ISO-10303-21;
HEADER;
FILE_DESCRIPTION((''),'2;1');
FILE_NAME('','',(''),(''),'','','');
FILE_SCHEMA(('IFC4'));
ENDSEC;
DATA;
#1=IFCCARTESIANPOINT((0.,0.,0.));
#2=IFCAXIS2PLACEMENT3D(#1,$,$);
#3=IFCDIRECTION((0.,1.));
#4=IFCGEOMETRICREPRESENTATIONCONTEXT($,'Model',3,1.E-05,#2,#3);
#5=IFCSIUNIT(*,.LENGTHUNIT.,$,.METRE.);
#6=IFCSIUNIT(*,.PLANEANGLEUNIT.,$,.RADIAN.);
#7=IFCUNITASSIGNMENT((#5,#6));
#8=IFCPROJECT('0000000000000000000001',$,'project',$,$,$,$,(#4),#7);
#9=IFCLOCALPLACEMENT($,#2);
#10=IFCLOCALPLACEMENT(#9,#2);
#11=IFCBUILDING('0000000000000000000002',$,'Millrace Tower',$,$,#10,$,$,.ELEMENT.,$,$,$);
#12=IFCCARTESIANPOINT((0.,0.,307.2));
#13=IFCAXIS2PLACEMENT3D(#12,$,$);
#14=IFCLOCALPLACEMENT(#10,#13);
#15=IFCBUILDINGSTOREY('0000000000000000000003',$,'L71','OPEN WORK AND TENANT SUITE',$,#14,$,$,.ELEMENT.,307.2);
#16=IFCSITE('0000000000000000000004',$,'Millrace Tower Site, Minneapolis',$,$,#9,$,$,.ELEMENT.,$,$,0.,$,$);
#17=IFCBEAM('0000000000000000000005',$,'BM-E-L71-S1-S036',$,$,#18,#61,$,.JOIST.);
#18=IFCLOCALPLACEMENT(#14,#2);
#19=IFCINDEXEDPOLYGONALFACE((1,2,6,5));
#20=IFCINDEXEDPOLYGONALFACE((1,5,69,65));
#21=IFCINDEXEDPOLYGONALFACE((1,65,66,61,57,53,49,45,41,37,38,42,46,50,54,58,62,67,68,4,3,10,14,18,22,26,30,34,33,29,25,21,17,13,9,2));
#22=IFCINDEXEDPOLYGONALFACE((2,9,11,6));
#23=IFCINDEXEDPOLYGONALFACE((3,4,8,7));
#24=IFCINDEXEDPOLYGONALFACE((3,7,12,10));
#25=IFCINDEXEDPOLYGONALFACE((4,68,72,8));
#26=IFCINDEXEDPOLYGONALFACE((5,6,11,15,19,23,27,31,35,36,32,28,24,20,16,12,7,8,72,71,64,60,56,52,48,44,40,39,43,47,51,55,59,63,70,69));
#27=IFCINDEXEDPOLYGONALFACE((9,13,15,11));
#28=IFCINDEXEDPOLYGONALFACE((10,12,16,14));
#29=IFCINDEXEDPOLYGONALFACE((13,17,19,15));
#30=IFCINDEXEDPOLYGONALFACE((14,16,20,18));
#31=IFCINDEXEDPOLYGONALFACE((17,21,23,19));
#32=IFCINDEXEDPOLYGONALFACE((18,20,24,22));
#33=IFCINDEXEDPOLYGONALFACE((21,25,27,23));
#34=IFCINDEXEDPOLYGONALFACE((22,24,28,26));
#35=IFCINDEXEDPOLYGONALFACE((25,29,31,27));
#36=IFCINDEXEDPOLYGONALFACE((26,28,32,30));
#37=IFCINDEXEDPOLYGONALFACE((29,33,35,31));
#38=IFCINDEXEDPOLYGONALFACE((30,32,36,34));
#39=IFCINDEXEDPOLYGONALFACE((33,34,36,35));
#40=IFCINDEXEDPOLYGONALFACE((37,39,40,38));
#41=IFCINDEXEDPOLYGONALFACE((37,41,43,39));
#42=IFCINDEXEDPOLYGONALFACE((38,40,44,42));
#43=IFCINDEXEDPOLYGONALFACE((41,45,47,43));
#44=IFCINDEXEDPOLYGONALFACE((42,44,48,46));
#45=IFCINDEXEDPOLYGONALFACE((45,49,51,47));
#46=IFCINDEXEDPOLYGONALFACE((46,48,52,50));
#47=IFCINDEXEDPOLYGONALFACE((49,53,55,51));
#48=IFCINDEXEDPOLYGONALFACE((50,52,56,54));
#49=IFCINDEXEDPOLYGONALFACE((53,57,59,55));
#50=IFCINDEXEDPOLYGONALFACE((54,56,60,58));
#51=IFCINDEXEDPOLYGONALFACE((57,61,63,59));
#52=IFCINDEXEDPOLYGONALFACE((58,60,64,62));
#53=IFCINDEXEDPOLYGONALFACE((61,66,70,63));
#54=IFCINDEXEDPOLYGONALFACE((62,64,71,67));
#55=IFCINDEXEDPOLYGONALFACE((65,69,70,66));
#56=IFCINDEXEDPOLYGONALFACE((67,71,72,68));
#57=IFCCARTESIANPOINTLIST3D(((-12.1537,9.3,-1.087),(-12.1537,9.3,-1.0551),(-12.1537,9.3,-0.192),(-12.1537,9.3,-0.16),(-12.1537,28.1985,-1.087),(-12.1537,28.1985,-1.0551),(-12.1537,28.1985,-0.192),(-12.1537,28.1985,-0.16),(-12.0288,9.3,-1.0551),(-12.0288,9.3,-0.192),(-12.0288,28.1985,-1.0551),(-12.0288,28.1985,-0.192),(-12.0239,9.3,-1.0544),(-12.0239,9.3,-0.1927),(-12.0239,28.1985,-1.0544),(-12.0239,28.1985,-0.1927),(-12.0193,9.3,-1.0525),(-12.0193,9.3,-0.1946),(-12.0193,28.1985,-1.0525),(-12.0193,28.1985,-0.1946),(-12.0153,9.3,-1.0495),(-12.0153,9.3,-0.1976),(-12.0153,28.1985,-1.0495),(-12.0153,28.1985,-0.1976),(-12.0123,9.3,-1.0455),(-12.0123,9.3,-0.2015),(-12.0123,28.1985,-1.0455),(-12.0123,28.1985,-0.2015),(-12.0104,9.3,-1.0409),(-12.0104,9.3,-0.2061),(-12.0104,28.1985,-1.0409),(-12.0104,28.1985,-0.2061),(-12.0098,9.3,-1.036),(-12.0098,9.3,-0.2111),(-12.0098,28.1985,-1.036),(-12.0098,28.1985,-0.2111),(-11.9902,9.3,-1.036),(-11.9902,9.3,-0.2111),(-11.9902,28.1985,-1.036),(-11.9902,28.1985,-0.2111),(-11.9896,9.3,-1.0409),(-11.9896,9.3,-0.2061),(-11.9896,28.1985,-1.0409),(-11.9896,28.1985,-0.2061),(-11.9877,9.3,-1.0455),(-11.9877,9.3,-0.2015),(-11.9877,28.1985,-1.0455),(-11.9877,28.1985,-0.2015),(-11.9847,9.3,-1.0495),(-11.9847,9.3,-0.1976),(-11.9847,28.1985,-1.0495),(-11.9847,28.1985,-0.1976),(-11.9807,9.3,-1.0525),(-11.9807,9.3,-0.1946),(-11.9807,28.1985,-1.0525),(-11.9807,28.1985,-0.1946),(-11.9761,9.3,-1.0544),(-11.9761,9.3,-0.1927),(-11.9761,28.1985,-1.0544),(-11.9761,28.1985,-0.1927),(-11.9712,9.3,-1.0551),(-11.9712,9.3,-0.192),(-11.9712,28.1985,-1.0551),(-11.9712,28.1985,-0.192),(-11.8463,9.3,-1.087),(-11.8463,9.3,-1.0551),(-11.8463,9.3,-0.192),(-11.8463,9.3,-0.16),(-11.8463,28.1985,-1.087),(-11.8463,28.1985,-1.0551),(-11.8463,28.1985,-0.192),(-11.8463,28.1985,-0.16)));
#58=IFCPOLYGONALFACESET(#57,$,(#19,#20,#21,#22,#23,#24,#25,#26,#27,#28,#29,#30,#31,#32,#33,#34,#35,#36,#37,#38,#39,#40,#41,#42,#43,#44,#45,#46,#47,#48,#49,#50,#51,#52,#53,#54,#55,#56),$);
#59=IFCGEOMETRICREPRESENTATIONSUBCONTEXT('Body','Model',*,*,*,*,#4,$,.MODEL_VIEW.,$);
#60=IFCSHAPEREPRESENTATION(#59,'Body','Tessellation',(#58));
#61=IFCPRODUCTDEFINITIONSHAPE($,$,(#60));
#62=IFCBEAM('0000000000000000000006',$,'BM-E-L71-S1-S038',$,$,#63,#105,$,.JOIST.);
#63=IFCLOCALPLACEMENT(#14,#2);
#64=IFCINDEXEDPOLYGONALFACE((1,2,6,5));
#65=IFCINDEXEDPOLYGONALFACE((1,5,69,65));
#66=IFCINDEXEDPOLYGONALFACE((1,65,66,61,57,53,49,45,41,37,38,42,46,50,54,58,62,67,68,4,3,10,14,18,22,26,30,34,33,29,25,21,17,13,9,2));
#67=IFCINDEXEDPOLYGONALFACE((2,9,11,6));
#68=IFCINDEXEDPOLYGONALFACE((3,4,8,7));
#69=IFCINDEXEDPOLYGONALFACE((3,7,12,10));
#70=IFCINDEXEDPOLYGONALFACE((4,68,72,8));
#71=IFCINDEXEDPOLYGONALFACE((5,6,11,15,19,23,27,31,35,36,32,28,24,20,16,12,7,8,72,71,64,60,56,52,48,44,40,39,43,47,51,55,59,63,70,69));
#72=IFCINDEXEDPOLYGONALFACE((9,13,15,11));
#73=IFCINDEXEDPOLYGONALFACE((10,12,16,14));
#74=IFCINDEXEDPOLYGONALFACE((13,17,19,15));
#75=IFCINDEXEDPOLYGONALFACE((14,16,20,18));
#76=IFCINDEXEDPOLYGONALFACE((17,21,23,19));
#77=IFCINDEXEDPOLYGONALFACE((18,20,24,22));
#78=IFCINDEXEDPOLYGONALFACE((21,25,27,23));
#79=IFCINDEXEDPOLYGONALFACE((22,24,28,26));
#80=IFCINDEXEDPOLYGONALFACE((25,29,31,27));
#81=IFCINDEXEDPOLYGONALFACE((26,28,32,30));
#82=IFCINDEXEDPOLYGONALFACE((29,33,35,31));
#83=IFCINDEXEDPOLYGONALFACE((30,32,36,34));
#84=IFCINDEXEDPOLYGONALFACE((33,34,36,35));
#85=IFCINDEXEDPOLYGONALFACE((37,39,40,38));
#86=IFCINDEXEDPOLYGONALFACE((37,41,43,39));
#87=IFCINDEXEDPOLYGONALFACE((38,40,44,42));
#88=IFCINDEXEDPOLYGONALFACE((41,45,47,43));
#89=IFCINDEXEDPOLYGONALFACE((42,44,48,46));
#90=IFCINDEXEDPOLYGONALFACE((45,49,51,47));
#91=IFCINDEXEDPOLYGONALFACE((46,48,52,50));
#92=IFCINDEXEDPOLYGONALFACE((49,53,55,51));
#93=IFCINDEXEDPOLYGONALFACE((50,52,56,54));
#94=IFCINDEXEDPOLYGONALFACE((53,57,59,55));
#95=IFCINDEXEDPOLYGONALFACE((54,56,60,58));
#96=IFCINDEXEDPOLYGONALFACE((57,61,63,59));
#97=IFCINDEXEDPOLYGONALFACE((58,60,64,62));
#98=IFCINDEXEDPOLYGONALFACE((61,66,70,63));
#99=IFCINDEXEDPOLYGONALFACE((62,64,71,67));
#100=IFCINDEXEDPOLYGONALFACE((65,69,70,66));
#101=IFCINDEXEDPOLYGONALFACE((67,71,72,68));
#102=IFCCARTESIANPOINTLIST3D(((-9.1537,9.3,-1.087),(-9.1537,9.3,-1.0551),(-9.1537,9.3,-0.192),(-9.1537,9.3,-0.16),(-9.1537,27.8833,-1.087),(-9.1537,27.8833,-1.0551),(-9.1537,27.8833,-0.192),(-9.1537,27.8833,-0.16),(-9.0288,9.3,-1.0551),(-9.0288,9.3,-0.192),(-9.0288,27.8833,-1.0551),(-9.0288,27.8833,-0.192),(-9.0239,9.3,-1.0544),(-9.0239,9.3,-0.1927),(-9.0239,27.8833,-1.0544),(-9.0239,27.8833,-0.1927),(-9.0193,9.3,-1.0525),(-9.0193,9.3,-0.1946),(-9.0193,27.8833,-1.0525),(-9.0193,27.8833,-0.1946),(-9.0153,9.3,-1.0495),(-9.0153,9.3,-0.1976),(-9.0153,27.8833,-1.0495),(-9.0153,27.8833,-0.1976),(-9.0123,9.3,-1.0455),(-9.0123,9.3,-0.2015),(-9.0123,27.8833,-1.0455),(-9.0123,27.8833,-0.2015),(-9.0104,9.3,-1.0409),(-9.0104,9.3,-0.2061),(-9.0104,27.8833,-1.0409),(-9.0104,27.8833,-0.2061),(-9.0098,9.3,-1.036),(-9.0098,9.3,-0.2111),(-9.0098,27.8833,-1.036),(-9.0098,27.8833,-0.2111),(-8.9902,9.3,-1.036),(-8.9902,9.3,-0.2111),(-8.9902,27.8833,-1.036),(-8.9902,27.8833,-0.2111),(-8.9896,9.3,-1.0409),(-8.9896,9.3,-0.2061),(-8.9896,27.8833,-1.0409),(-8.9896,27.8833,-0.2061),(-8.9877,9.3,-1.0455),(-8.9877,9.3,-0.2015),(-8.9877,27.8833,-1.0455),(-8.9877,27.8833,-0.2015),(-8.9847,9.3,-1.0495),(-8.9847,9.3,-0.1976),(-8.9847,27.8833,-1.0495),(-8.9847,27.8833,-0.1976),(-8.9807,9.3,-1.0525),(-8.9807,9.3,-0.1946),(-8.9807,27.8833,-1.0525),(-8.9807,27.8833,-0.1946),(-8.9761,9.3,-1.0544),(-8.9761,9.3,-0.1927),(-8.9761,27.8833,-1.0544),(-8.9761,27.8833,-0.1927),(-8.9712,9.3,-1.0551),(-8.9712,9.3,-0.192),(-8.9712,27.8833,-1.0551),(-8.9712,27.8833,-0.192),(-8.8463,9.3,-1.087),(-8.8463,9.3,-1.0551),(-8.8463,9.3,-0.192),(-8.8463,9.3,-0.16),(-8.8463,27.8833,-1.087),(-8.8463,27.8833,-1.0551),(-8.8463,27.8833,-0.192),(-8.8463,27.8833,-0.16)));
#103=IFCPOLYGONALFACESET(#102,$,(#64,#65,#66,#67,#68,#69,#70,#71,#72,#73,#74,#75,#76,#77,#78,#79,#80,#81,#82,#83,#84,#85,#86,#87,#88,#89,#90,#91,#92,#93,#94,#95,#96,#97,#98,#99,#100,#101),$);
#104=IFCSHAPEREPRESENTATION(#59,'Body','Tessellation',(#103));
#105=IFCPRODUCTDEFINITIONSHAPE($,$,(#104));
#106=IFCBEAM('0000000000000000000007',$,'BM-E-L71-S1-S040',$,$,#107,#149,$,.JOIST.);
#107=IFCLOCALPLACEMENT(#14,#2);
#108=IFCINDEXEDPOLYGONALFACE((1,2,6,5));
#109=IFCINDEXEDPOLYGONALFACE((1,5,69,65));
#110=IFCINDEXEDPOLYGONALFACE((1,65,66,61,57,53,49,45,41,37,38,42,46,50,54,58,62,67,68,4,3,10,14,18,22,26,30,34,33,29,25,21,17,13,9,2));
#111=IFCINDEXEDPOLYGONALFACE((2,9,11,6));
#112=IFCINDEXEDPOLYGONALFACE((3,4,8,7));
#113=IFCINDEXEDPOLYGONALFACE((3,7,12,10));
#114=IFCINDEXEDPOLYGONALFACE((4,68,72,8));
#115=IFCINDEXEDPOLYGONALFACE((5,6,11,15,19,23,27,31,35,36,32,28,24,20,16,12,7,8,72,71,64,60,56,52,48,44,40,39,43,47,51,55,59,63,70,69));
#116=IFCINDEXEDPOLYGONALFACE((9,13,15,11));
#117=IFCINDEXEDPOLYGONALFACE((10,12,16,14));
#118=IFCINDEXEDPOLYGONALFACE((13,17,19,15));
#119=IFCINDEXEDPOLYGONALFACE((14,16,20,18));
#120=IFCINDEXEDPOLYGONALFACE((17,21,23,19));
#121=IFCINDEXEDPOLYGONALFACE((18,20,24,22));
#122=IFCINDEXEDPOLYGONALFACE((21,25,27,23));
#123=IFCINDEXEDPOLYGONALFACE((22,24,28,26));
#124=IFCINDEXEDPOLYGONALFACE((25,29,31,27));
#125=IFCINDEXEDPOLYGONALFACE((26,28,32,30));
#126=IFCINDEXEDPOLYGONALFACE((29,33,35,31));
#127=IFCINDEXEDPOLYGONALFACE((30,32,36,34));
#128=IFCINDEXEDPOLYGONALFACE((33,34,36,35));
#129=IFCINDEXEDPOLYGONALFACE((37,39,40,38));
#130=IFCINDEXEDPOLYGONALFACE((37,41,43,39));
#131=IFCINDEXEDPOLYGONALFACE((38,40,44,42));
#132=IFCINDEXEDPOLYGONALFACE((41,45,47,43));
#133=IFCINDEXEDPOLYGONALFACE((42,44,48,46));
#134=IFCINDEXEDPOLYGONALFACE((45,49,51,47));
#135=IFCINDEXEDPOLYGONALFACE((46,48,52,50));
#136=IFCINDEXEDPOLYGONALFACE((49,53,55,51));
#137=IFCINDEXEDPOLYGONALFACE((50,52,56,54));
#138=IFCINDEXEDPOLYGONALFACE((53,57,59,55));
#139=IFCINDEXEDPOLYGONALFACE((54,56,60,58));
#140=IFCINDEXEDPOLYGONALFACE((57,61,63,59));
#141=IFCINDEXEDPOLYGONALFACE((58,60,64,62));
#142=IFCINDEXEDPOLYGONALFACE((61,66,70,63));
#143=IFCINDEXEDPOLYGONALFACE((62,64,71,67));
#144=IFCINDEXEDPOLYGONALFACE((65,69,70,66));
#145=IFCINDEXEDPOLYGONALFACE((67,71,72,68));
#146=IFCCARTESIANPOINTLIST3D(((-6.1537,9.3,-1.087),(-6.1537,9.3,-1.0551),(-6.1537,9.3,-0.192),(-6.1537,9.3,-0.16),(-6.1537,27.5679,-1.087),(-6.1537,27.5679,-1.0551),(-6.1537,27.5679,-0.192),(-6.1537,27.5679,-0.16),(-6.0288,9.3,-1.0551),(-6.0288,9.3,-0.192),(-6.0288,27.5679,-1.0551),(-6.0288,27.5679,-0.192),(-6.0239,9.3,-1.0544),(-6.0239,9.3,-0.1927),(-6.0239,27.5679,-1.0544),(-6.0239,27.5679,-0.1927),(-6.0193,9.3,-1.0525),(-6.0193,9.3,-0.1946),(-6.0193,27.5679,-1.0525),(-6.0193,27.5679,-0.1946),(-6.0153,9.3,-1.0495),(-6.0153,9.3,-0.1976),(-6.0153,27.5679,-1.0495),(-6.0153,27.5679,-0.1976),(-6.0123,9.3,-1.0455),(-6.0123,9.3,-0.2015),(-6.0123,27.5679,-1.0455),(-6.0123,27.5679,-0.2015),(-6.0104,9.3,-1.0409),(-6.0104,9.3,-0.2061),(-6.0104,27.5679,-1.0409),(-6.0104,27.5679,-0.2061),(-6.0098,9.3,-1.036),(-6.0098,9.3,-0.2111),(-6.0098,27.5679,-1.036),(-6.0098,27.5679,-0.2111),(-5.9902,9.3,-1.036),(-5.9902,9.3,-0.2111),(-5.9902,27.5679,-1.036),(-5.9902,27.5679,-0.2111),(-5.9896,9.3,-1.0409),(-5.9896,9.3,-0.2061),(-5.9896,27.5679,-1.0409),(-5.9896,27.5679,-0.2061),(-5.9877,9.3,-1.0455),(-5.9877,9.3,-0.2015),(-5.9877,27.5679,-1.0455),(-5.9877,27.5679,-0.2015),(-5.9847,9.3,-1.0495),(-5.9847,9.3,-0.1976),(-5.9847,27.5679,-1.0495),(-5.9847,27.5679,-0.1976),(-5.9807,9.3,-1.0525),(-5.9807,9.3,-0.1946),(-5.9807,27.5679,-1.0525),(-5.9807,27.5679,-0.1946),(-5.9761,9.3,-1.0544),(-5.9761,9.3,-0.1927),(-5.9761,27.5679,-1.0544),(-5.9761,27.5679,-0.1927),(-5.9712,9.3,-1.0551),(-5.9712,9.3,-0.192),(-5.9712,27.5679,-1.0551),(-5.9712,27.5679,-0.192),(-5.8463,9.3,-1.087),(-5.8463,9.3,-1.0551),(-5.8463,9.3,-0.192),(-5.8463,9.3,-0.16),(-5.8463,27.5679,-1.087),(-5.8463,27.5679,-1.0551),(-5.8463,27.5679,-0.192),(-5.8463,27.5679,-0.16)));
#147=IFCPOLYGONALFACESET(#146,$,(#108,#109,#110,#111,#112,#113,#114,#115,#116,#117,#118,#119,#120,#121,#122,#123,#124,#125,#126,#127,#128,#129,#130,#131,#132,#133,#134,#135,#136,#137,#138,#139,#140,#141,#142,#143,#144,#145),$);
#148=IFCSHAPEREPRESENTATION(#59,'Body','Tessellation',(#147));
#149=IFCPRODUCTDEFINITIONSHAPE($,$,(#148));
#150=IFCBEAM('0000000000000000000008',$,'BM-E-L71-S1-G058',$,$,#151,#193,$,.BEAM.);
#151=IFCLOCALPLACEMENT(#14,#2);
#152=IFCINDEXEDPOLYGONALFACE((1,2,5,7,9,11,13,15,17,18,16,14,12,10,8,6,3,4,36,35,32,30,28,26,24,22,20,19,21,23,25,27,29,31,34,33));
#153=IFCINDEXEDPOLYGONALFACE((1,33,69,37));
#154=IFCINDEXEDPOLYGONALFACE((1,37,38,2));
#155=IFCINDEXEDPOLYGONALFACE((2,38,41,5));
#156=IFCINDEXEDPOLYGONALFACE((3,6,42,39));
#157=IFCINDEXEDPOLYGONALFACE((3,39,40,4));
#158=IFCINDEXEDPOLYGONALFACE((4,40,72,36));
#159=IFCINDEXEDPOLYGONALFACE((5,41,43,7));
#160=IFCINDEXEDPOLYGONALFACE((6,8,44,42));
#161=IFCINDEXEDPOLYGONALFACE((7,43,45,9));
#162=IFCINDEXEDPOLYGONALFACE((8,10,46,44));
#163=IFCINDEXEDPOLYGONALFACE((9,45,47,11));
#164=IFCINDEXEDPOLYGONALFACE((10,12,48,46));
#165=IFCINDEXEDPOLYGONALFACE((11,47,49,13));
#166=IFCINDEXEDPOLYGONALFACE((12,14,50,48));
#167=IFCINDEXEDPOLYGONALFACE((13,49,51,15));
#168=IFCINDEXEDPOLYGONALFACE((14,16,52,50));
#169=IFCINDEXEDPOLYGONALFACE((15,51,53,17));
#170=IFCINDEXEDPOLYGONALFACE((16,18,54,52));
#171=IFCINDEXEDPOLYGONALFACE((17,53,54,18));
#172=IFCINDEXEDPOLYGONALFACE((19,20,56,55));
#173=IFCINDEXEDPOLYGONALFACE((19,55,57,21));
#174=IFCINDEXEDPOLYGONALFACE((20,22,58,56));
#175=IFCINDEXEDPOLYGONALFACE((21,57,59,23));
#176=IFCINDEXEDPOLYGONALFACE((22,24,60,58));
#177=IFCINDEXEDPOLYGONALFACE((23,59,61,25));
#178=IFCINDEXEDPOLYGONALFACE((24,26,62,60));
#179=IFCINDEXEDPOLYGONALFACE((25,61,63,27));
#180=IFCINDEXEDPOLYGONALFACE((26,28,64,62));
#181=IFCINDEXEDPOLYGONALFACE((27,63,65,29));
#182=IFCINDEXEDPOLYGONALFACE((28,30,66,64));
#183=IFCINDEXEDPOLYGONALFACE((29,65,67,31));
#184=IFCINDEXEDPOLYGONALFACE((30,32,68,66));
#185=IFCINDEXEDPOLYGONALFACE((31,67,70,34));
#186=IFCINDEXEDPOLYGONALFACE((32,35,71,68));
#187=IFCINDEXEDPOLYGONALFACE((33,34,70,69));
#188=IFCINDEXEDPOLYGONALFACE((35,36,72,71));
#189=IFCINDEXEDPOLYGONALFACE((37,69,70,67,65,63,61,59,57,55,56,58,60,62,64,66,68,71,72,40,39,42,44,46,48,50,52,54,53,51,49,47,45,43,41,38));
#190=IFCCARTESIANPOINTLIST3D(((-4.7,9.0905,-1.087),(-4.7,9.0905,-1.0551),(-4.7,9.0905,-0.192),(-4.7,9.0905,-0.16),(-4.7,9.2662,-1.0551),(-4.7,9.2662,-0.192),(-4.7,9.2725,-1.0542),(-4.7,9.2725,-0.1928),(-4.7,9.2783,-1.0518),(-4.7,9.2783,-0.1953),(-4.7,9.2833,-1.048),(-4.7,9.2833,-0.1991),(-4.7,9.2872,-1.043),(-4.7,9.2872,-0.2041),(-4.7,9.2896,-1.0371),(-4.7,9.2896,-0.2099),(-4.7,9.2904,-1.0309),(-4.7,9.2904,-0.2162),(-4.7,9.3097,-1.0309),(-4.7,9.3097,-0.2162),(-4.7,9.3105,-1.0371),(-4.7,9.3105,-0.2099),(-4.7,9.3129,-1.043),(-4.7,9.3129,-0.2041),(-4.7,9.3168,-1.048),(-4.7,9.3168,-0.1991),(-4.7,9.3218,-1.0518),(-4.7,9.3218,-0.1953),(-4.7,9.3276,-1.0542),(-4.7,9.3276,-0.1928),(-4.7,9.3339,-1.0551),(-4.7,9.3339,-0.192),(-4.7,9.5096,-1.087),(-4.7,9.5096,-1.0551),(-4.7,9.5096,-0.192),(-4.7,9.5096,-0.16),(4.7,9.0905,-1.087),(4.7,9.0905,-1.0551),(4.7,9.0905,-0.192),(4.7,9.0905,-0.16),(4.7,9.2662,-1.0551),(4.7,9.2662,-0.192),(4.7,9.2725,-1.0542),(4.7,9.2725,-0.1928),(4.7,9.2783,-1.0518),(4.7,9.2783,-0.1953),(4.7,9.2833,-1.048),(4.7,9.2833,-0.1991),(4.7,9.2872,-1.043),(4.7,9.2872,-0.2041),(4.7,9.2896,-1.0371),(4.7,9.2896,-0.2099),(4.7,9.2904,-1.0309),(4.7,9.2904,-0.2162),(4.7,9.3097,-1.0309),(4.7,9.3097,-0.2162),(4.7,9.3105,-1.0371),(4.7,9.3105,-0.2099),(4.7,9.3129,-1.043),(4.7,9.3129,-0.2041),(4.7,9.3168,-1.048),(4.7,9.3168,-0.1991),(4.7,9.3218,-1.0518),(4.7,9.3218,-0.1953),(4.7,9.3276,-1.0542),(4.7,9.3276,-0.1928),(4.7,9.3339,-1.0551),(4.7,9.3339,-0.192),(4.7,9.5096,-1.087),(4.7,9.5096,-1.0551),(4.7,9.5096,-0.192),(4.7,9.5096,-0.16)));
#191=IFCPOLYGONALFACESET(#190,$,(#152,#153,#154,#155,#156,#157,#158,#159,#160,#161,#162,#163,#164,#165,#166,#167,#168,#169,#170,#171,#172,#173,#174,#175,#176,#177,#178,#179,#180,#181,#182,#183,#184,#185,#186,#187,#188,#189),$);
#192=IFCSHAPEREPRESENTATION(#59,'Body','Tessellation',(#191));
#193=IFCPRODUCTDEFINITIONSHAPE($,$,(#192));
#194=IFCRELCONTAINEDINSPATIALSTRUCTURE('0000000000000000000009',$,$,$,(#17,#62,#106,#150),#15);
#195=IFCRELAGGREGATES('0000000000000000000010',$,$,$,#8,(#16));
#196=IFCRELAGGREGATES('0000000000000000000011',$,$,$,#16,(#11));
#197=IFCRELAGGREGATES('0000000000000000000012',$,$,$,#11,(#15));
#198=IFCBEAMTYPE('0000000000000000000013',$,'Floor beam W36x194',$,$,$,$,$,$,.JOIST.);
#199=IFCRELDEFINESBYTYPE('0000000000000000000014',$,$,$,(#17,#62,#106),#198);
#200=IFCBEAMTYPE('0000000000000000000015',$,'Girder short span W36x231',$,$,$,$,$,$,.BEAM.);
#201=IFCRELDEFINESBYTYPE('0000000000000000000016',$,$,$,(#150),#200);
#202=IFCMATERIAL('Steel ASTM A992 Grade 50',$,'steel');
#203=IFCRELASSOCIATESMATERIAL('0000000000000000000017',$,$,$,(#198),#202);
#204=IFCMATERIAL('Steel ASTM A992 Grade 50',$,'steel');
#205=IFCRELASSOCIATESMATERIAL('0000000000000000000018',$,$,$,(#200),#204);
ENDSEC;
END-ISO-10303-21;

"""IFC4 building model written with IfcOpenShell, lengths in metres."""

from ifc_helpers import new_model, si_unit, direction, frame, origin, origin_2d, place, context, subcontext, project, spatial, i_section, extrude, material, material_profile, profile_set, type_object, element, save


model = new_model("IFC4")

# Units and contexts
model_context = context("Model", 3, precision=1e-05, world=origin(), true_north=direction((0.0, 1.0)))
body_context = subcontext(model_context, "Body", "Model", "MODEL_VIEW")
ifc_project = project(units=[si_unit("LENGTHUNIT", "METRE"), si_unit("PLANEANGLEUNIT", "RADIAN")], contexts=[model_context])

# Site, building, storey
site_placement = place(None, origin())
site = spatial("IfcSite", under=ifc_project, at=site_placement, Name="Millrace Tower Site, Minneapolis", CompositionType="ELEMENT", RefElevation=0.0)
building_placement = place(site_placement, origin())
building = spatial("IfcBuilding", under=site, at=building_placement, Name="Millrace Tower", CompositionType="ELEMENT")
storey_placement = place(building_placement, frame((0.0, 0.0, 307.2)))
storey = spatial("IfcBuildingStorey", under=building, at=storey_placement, Name="L71", Description="OPEN WORK AND TENANT SUITE", CompositionType="ELEMENT", Elevation=307.2)

# Beams
ifc_material_1 = material(Name="Steel ASTM A992 Grade 50", Category="steel")
ifc_material_profile_1 = material_profile(ifc_material_1, i_section(OverallWidth=0.3074, OverallDepth=0.927, WebThickness=0.0195, FlangeThickness=0.032, FilletRadius=0.019, at=origin_2d()))
ifc_profile_set_1 = profile_set([ifc_material_profile_1], Name="Steel ASTM A992 Grade 50")
beam_type_1 = type_object("IfcBeamType", Name="Floor beam W36x194", PredefinedType="JOIST", material=ifc_profile_set_1)
beam_1_placement = place(storey_placement, frame((-12.0, 9.3, -0.6235), z_axis=(0.0, 1.0, 0.0), x_axis=(-1.0, 0.0, 0.0)))
element("IfcBeam", 1, at=beam_1_placement, inside=storey, type_object=beam_type_1, Name="BM-E-L71-S1-S036", PredefinedType="JOIST", context=body_context, shape_type="SweptSolid", body=[
    extrude(i_section(OverallWidth=0.3074, OverallDepth=0.927, WebThickness=0.0195, FlangeThickness=0.032, FilletRadius=0.019, at=origin_2d()), origin(), (0.0, 0.0, 1.0), 18.8984),
])
beam_2_placement = place(storey_placement, frame((-9.0, 9.3, -0.6235), z_axis=(0.0, 1.0, 0.0), x_axis=(-1.0, 0.0, 0.0)))
element("IfcBeam", 2, at=beam_2_placement, inside=storey, type_object=beam_type_1, Name="BM-E-L71-S1-S038", PredefinedType="JOIST", context=body_context, shape_type="SweptSolid", body=[
    extrude(i_section(OverallWidth=0.3074, OverallDepth=0.927, WebThickness=0.0195, FlangeThickness=0.032, FilletRadius=0.019, at=origin_2d()), origin(), (0.0, 0.0, 1.0), 18.5833),
])
beam_3_placement = place(storey_placement, frame((-6.0, 9.3, -0.6235), z_axis=(0.0, 1.0, 0.0), x_axis=(-1.0, 0.0, 0.0)))
element("IfcBeam", 3, at=beam_3_placement, inside=storey, type_object=beam_type_1, Name="BM-E-L71-S1-S040", PredefinedType="JOIST", context=body_context, shape_type="SweptSolid", body=[
    extrude(i_section(OverallWidth=0.3074, OverallDepth=0.927, WebThickness=0.0195, FlangeThickness=0.032, FilletRadius=0.019, at=origin_2d()), origin(), (0.0, 0.0, 1.0), 18.2678),
])
ifc_material_2 = material(Name="Steel ASTM A992 Grade 50", Category="steel")
ifc_material_profile_2 = material_profile(ifc_material_2, i_section(OverallWidth=0.4192, OverallDepth=0.927, WebThickness=0.0193, FlangeThickness=0.032, FilletRadius=0.0242, at=origin_2d()))
ifc_profile_set_2 = profile_set([ifc_material_profile_2], Name="Steel ASTM A992 Grade 50")
beam_type_2 = type_object("IfcBeamType", Name="Girder short span W36x231", PredefinedType="BEAM", material=ifc_profile_set_2)
beam_4_placement = place(storey_placement, frame((-4.7, 9.3, -0.6235), z_axis=(1.0, 0.0, 0.0), x_axis=(0.0, 1.0, 0.0)))
element("IfcBeam", 4, at=beam_4_placement, inside=storey, type_object=beam_type_2, Name="BM-E-L71-S1-G058", PredefinedType="BEAM", context=body_context, shape_type="SweptSolid", body=[
    extrude(i_section(OverallWidth=0.4192, OverallDepth=0.927, WebThickness=0.0193, FlangeThickness=0.032, FilletRadius=0.0242, at=origin_2d()), origin(), (0.0, 0.0, 1.0), 9.3999),
])

save(model, "model.ifc")
